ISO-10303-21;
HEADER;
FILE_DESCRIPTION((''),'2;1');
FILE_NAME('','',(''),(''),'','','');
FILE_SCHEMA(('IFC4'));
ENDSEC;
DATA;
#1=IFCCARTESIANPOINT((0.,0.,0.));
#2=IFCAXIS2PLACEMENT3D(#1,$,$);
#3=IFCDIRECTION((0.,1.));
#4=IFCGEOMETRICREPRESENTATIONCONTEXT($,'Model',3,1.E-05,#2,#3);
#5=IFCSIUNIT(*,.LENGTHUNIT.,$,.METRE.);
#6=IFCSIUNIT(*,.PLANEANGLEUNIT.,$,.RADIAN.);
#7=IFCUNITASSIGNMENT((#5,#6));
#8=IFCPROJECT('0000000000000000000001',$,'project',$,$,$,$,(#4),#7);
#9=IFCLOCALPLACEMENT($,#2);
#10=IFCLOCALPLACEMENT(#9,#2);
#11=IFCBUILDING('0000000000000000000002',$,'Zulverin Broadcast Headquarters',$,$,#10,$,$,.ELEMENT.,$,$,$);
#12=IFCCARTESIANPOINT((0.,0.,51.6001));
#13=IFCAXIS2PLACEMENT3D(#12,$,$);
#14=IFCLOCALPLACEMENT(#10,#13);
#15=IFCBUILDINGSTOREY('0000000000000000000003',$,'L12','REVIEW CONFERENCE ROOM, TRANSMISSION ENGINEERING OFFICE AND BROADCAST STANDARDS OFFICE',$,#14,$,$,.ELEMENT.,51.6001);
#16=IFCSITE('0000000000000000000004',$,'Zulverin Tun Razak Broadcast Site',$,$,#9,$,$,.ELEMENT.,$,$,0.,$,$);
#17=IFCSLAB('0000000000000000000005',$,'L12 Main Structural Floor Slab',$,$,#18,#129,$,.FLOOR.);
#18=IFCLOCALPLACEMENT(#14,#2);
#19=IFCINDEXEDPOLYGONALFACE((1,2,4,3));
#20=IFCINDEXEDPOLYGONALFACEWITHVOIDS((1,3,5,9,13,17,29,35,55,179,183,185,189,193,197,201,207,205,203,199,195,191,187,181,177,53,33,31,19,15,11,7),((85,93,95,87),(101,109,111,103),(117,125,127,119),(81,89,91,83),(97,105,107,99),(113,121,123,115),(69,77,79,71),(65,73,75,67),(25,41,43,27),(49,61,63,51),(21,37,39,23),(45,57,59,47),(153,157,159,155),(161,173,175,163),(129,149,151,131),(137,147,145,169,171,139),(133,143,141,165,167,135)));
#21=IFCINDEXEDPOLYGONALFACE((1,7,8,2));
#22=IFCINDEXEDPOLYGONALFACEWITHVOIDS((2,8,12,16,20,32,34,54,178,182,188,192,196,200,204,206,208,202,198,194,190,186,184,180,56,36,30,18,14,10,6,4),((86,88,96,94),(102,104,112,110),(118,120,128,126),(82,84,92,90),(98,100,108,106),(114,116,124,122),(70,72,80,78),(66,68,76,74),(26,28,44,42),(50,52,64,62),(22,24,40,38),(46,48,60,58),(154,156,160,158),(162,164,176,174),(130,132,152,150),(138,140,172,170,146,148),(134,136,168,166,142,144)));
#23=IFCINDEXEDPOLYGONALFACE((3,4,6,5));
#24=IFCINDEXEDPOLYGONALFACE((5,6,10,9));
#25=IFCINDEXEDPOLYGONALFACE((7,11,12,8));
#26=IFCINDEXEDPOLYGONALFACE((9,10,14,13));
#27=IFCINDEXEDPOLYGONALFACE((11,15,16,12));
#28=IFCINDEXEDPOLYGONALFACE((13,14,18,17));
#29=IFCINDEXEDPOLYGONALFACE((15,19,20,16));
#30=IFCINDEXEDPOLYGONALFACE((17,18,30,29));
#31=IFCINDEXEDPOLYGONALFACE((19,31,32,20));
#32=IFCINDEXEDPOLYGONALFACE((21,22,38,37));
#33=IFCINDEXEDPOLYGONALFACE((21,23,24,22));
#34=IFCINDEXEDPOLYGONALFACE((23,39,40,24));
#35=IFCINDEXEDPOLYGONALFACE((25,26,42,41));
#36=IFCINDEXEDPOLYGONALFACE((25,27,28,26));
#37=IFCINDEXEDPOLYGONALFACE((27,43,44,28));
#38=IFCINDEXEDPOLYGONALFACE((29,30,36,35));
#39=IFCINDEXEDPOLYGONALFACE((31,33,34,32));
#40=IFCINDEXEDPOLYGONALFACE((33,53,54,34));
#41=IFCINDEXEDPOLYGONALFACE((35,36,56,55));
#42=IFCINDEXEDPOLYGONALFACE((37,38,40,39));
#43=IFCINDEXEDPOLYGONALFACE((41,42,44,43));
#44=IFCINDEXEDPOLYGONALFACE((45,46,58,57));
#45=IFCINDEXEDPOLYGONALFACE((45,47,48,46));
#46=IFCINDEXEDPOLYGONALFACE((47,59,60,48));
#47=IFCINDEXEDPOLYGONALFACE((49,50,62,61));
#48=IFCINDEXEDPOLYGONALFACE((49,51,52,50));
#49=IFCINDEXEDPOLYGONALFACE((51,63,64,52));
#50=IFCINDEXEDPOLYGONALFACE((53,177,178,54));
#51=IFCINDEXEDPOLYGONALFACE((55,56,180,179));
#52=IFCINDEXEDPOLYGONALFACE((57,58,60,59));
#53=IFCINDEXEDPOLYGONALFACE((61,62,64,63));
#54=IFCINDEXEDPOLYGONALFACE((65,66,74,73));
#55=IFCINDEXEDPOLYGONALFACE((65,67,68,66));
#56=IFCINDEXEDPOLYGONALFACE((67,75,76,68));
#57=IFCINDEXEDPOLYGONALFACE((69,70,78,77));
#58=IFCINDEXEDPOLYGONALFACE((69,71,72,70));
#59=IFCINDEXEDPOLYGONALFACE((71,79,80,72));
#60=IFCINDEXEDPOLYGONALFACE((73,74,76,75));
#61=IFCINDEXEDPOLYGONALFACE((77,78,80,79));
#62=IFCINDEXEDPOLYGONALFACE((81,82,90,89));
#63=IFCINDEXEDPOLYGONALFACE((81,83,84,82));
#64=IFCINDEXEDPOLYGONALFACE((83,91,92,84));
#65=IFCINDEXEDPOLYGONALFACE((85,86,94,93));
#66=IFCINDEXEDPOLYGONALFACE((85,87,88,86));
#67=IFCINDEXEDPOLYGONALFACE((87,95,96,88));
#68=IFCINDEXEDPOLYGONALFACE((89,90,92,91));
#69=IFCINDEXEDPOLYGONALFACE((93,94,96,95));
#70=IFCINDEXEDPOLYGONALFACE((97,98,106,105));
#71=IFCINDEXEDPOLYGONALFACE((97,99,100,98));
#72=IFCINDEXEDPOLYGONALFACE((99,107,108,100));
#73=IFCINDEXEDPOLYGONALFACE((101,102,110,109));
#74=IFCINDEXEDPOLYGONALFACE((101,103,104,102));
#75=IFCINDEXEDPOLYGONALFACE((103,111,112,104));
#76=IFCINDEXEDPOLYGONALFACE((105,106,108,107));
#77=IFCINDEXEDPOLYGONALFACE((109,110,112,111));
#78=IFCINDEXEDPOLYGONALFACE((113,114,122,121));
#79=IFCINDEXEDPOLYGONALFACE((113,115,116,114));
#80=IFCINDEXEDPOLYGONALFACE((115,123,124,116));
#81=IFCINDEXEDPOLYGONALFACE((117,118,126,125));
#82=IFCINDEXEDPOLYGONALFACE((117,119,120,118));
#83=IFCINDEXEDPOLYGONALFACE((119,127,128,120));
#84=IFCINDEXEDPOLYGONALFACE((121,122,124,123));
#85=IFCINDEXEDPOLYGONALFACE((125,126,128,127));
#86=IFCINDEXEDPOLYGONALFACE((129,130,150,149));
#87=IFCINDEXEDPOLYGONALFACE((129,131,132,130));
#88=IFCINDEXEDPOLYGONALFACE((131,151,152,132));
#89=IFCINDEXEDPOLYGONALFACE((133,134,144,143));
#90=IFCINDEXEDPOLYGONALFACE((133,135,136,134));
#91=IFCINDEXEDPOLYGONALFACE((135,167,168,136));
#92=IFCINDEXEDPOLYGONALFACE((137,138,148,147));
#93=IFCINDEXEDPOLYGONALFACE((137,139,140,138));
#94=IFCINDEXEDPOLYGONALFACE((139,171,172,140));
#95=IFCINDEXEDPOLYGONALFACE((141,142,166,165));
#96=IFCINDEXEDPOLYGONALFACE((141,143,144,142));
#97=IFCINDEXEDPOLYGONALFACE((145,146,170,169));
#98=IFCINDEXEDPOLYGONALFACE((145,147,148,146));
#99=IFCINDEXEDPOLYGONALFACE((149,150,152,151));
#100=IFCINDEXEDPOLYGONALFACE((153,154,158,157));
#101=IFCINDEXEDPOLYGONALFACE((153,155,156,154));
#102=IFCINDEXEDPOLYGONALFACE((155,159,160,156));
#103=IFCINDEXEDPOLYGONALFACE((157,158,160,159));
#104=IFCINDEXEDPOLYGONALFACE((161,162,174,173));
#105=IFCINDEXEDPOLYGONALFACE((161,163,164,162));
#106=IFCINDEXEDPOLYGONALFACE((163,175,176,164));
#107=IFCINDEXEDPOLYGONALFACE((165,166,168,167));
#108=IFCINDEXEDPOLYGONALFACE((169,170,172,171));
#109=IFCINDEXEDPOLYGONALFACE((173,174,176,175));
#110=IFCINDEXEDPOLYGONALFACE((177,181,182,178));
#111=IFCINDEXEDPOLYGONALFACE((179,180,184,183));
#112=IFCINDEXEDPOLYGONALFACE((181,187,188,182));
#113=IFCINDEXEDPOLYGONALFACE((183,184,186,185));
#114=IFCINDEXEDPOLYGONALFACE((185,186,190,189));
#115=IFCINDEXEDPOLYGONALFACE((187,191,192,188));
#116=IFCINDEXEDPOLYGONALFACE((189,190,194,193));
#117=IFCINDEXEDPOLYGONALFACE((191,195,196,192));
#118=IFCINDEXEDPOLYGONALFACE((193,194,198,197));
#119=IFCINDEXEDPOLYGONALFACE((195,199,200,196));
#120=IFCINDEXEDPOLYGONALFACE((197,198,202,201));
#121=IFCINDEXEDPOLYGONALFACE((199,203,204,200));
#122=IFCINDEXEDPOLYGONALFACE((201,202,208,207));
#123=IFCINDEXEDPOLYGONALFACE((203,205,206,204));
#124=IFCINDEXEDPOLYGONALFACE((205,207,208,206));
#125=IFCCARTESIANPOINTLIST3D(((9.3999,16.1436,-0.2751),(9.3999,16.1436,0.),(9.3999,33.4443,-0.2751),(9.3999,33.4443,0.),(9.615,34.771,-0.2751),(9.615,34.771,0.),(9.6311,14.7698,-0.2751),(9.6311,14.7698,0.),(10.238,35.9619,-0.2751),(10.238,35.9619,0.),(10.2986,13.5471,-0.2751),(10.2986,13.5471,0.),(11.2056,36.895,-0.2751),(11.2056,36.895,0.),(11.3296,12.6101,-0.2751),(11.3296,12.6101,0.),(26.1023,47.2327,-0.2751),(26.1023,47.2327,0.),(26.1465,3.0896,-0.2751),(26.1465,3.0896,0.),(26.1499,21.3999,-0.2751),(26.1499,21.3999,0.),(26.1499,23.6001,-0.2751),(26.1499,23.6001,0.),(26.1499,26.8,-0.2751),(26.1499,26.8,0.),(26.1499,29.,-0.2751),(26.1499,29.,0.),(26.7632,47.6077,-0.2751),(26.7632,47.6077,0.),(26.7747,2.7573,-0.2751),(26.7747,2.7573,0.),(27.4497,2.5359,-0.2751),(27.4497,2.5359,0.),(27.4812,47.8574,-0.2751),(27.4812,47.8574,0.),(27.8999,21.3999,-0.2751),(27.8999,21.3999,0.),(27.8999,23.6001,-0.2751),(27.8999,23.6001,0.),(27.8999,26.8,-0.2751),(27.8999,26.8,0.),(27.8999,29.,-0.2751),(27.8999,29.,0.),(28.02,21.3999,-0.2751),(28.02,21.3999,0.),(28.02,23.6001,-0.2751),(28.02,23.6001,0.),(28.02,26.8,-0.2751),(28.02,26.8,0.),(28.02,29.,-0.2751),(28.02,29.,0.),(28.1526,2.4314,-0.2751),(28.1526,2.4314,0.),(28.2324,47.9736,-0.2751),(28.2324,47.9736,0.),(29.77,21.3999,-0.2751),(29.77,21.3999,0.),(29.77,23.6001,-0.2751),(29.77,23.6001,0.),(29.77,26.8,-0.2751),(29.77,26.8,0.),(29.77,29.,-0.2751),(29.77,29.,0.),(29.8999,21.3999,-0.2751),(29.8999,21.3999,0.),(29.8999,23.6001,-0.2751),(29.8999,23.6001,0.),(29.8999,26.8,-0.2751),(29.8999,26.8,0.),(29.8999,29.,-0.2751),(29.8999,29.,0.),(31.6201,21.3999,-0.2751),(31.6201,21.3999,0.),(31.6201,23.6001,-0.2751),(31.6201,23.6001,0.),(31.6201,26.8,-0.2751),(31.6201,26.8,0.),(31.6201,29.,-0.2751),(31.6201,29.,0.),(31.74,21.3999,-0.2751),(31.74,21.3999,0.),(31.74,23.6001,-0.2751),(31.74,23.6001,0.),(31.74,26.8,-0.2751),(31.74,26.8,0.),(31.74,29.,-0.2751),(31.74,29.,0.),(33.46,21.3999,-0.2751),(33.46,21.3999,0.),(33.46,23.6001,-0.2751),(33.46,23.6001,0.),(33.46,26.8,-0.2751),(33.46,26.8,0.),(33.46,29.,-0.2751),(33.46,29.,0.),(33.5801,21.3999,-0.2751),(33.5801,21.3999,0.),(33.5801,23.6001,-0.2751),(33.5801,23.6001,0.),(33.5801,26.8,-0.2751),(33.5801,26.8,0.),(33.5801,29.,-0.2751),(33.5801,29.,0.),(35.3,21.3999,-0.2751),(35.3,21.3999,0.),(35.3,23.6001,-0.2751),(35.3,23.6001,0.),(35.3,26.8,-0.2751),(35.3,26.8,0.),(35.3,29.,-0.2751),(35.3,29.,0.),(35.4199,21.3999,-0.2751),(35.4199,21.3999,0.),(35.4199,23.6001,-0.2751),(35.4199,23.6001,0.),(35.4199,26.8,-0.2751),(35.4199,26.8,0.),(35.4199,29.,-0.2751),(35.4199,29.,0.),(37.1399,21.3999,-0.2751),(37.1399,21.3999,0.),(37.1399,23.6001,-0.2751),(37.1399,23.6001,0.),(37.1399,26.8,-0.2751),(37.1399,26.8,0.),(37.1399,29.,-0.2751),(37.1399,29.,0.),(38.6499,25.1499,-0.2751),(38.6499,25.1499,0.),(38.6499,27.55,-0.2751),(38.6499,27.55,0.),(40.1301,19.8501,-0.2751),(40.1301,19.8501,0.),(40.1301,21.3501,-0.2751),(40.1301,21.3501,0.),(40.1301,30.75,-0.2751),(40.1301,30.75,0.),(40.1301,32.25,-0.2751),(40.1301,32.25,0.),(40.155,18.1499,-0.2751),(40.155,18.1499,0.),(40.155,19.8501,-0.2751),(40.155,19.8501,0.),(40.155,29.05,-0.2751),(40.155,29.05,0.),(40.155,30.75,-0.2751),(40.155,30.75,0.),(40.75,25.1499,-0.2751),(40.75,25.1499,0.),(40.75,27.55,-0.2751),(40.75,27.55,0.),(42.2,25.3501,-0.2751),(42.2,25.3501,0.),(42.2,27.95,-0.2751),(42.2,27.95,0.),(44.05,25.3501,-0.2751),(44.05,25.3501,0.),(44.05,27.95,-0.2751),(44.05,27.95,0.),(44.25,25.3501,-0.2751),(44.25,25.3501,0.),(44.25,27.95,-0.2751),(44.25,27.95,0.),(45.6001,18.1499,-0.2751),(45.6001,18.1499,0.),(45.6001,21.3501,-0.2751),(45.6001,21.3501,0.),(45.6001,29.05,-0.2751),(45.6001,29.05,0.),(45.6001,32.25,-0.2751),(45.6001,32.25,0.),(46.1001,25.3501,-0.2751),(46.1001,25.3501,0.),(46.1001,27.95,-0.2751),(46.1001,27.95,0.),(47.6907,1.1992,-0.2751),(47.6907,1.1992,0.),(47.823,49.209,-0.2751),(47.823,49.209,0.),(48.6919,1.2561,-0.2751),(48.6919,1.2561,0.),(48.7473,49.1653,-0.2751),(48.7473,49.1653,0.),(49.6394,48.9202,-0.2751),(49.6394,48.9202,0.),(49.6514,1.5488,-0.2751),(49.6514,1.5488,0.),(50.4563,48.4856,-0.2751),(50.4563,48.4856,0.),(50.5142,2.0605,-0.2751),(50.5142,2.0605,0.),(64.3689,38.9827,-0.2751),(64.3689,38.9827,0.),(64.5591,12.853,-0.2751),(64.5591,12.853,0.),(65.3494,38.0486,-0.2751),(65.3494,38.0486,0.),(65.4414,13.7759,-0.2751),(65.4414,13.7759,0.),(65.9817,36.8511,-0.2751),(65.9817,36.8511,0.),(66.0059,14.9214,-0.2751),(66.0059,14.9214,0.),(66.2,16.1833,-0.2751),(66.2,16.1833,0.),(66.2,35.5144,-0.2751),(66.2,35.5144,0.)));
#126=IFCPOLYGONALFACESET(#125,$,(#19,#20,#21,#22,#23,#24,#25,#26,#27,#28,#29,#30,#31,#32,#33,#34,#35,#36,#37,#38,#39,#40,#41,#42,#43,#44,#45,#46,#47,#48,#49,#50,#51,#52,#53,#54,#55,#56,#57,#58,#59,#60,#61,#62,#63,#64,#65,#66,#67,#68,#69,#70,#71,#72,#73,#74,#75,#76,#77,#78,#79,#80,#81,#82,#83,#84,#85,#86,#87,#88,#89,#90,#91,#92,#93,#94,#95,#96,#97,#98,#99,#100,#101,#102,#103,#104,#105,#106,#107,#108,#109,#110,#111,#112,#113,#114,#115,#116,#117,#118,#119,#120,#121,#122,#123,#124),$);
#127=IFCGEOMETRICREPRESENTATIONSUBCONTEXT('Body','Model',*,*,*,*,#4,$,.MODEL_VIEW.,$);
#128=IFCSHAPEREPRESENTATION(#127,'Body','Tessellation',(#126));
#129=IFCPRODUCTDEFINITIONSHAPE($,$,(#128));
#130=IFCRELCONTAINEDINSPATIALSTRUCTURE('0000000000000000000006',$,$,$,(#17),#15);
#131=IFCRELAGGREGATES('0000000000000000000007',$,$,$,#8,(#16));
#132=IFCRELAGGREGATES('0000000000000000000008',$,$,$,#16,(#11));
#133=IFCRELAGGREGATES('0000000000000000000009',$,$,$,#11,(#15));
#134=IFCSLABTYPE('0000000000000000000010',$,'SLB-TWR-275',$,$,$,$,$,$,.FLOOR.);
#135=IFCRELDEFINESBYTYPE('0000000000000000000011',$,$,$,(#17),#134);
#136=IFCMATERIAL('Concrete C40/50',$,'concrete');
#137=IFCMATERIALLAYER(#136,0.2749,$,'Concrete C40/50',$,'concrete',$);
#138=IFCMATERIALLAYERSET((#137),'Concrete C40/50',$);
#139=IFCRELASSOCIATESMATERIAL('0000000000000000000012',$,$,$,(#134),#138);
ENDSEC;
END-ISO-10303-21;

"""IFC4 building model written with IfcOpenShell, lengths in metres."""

from ifc_helpers import new_model, si_unit, direction, frame, origin, place, context, subcontext, project, spatial, polyline, outline, extrude, material, layer, layer_set, type_object, element, save


model = new_model("IFC4")

# Units and contexts
model_context = context("Model", 3, precision=1e-05, world=origin(), true_north=direction((0.0, 1.0)))
body_context = subcontext(model_context, "Body", "Model", "MODEL_VIEW")
ifc_project = project(units=[si_unit("LENGTHUNIT", "METRE"), si_unit("PLANEANGLEUNIT", "RADIAN")], contexts=[model_context])

# Site, building, storey
site_placement = place(None, origin())
site = spatial("IfcSite", under=ifc_project, at=site_placement, Name="Zulverin Tun Razak Broadcast Site", CompositionType="ELEMENT", RefElevation=0.0)
building_placement = place(site_placement, origin())
building = spatial("IfcBuilding", under=site, at=building_placement, Name="Zulverin Broadcast Headquarters", CompositionType="ELEMENT")
storey_placement = place(building_placement, frame((0.0, 0.0, 51.6001)))
storey = spatial("IfcBuildingStorey", under=building, at=storey_placement, Name="L12", Description="REVIEW CONFERENCE ROOM, TRANSMISSION ENGINEERING OFFICE AND BROADCAST STANDARDS OFFICE", CompositionType="ELEMENT", Elevation=51.6001)

# Shared definitions
ifc_material_1 = material(Name="Concrete C40/50", Category="concrete")

# Slab
ifc_layer_1 = layer(ifc_material_1, 0.2749, Name="Concrete C40/50", Category="concrete")
ifc_layer_set_1 = layer_set([ifc_layer_1], Name="Concrete C40/50")
slab_type_1 = type_object("IfcSlabType", Name="SLB-TWR-275", PredefinedType="FLOOR", material=ifc_layer_set_1)
slab_1_placement = place(storey_placement, frame((0.0, 0.0, -0.2751)))
element("IfcSlab", 1, at=slab_1_placement, inside=storey, type_object=slab_type_1, Name="L12 Main Structural Floor Slab", PredefinedType="FLOOR", context=body_context, shape_type="SweptSolid", body=[
    extrude(outline(polyline([(26.1465, 3.0896), (26.7747, 2.7573), (27.4497, 2.5359), (28.1526, 2.4314), (47.6907, 1.1992), (48.6919, 1.2561), (49.6514, 1.5488), (50.5142, 2.0605), (64.5591, 12.853), (65.4414, 13.7759), (66.0059, 14.9214), (66.2, 16.1833), (66.2, 35.5144), (65.9817, 36.8511), (65.3494, 38.0486), (64.3689, 38.9827), (50.4563, 48.4856), (49.6394, 48.9202), (48.7473, 49.1653), (47.823, 49.209), (28.2324, 47.9736), (27.4812, 47.8574), (26.7632, 47.6077), (26.1023, 47.2327), (11.2056, 36.895), (10.238, 35.9619), (9.615, 34.771), (9.3999, 33.4443), (9.3999, 16.1436), (9.6311, 14.7698), (10.2986, 13.5471), (11.3296, 12.6101), (26.1465, 3.0896)]), holes=[polyline([(40.155, 30.75), (40.1301, 30.75), (40.1301, 32.25), (45.6001, 32.25), (45.6001, 29.05), (40.155, 29.05), (40.155, 30.75)]), polyline([(40.155, 19.8501), (40.1301, 19.8501), (40.1301, 21.3501), (45.6001, 21.3501), (45.6001, 18.1499), (40.155, 18.1499), (40.155, 19.8501)]), polyline([(26.1499, 26.8), (27.8999, 26.8), (27.8999, 29.0), (26.1499, 29.0), (26.1499, 26.8)]), polyline([(28.02, 26.8), (29.77, 26.8), (29.77, 29.0), (28.02, 29.0), (28.02, 26.8)]), polyline([(26.1499, 21.3999), (27.8999, 21.3999), (27.8999, 23.6001), (26.1499, 23.6001), (26.1499, 21.3999)]), polyline([(28.02, 21.3999), (29.77, 21.3999), (29.77, 23.6001), (28.02, 23.6001), (28.02, 21.3999)]), polyline([(29.8999, 21.3999), (31.6201, 21.3999), (31.6201, 23.6001), (29.8999, 23.6001), (29.8999, 21.3999)]), polyline([(31.74, 21.3999), (33.46, 21.3999), (33.46, 23.6001), (31.74, 23.6001), (31.74, 21.3999)]), polyline([(33.5801, 21.3999), (35.3, 21.3999), (35.3, 23.6001), (33.5801, 23.6001), (33.5801, 21.3999)]), polyline([(35.4199, 21.3999), (37.1399, 21.3999), (37.1399, 23.6001), (35.4199, 23.6001), (35.4199, 21.3999)]), polyline([(29.8999, 26.8), (31.6201, 26.8), (31.6201, 29.0), (29.8999, 29.0), (29.8999, 26.8)]), polyline([(31.74, 26.8), (33.46, 26.8), (33.46, 29.0), (31.74, 29.0), (31.74, 26.8)]), polyline([(33.5801, 26.8), (35.3, 26.8), (35.3, 29.0), (33.5801, 29.0), (33.5801, 26.8)]), polyline([(35.4199, 26.8), (37.1399, 26.8), (37.1399, 29.0), (35.4199, 29.0), (35.4199, 26.8)]), polyline([(42.2, 25.3501), (44.05, 25.3501), (44.05, 27.95), (42.2, 27.95), (42.2, 25.3501)]), polyline([(44.25, 25.3501), (46.1001, 25.3501), (46.1001, 27.95), (44.25, 27.95), (44.25, 25.3501)]), polyline([(38.6499, 25.1499), (40.75, 25.1499), (40.75, 27.55), (38.6499, 27.55), (38.6499, 25.1499)])]), origin(), (0.0, 0.0, 1.0), 0.2751),
])

save(model, "model.ifc")
